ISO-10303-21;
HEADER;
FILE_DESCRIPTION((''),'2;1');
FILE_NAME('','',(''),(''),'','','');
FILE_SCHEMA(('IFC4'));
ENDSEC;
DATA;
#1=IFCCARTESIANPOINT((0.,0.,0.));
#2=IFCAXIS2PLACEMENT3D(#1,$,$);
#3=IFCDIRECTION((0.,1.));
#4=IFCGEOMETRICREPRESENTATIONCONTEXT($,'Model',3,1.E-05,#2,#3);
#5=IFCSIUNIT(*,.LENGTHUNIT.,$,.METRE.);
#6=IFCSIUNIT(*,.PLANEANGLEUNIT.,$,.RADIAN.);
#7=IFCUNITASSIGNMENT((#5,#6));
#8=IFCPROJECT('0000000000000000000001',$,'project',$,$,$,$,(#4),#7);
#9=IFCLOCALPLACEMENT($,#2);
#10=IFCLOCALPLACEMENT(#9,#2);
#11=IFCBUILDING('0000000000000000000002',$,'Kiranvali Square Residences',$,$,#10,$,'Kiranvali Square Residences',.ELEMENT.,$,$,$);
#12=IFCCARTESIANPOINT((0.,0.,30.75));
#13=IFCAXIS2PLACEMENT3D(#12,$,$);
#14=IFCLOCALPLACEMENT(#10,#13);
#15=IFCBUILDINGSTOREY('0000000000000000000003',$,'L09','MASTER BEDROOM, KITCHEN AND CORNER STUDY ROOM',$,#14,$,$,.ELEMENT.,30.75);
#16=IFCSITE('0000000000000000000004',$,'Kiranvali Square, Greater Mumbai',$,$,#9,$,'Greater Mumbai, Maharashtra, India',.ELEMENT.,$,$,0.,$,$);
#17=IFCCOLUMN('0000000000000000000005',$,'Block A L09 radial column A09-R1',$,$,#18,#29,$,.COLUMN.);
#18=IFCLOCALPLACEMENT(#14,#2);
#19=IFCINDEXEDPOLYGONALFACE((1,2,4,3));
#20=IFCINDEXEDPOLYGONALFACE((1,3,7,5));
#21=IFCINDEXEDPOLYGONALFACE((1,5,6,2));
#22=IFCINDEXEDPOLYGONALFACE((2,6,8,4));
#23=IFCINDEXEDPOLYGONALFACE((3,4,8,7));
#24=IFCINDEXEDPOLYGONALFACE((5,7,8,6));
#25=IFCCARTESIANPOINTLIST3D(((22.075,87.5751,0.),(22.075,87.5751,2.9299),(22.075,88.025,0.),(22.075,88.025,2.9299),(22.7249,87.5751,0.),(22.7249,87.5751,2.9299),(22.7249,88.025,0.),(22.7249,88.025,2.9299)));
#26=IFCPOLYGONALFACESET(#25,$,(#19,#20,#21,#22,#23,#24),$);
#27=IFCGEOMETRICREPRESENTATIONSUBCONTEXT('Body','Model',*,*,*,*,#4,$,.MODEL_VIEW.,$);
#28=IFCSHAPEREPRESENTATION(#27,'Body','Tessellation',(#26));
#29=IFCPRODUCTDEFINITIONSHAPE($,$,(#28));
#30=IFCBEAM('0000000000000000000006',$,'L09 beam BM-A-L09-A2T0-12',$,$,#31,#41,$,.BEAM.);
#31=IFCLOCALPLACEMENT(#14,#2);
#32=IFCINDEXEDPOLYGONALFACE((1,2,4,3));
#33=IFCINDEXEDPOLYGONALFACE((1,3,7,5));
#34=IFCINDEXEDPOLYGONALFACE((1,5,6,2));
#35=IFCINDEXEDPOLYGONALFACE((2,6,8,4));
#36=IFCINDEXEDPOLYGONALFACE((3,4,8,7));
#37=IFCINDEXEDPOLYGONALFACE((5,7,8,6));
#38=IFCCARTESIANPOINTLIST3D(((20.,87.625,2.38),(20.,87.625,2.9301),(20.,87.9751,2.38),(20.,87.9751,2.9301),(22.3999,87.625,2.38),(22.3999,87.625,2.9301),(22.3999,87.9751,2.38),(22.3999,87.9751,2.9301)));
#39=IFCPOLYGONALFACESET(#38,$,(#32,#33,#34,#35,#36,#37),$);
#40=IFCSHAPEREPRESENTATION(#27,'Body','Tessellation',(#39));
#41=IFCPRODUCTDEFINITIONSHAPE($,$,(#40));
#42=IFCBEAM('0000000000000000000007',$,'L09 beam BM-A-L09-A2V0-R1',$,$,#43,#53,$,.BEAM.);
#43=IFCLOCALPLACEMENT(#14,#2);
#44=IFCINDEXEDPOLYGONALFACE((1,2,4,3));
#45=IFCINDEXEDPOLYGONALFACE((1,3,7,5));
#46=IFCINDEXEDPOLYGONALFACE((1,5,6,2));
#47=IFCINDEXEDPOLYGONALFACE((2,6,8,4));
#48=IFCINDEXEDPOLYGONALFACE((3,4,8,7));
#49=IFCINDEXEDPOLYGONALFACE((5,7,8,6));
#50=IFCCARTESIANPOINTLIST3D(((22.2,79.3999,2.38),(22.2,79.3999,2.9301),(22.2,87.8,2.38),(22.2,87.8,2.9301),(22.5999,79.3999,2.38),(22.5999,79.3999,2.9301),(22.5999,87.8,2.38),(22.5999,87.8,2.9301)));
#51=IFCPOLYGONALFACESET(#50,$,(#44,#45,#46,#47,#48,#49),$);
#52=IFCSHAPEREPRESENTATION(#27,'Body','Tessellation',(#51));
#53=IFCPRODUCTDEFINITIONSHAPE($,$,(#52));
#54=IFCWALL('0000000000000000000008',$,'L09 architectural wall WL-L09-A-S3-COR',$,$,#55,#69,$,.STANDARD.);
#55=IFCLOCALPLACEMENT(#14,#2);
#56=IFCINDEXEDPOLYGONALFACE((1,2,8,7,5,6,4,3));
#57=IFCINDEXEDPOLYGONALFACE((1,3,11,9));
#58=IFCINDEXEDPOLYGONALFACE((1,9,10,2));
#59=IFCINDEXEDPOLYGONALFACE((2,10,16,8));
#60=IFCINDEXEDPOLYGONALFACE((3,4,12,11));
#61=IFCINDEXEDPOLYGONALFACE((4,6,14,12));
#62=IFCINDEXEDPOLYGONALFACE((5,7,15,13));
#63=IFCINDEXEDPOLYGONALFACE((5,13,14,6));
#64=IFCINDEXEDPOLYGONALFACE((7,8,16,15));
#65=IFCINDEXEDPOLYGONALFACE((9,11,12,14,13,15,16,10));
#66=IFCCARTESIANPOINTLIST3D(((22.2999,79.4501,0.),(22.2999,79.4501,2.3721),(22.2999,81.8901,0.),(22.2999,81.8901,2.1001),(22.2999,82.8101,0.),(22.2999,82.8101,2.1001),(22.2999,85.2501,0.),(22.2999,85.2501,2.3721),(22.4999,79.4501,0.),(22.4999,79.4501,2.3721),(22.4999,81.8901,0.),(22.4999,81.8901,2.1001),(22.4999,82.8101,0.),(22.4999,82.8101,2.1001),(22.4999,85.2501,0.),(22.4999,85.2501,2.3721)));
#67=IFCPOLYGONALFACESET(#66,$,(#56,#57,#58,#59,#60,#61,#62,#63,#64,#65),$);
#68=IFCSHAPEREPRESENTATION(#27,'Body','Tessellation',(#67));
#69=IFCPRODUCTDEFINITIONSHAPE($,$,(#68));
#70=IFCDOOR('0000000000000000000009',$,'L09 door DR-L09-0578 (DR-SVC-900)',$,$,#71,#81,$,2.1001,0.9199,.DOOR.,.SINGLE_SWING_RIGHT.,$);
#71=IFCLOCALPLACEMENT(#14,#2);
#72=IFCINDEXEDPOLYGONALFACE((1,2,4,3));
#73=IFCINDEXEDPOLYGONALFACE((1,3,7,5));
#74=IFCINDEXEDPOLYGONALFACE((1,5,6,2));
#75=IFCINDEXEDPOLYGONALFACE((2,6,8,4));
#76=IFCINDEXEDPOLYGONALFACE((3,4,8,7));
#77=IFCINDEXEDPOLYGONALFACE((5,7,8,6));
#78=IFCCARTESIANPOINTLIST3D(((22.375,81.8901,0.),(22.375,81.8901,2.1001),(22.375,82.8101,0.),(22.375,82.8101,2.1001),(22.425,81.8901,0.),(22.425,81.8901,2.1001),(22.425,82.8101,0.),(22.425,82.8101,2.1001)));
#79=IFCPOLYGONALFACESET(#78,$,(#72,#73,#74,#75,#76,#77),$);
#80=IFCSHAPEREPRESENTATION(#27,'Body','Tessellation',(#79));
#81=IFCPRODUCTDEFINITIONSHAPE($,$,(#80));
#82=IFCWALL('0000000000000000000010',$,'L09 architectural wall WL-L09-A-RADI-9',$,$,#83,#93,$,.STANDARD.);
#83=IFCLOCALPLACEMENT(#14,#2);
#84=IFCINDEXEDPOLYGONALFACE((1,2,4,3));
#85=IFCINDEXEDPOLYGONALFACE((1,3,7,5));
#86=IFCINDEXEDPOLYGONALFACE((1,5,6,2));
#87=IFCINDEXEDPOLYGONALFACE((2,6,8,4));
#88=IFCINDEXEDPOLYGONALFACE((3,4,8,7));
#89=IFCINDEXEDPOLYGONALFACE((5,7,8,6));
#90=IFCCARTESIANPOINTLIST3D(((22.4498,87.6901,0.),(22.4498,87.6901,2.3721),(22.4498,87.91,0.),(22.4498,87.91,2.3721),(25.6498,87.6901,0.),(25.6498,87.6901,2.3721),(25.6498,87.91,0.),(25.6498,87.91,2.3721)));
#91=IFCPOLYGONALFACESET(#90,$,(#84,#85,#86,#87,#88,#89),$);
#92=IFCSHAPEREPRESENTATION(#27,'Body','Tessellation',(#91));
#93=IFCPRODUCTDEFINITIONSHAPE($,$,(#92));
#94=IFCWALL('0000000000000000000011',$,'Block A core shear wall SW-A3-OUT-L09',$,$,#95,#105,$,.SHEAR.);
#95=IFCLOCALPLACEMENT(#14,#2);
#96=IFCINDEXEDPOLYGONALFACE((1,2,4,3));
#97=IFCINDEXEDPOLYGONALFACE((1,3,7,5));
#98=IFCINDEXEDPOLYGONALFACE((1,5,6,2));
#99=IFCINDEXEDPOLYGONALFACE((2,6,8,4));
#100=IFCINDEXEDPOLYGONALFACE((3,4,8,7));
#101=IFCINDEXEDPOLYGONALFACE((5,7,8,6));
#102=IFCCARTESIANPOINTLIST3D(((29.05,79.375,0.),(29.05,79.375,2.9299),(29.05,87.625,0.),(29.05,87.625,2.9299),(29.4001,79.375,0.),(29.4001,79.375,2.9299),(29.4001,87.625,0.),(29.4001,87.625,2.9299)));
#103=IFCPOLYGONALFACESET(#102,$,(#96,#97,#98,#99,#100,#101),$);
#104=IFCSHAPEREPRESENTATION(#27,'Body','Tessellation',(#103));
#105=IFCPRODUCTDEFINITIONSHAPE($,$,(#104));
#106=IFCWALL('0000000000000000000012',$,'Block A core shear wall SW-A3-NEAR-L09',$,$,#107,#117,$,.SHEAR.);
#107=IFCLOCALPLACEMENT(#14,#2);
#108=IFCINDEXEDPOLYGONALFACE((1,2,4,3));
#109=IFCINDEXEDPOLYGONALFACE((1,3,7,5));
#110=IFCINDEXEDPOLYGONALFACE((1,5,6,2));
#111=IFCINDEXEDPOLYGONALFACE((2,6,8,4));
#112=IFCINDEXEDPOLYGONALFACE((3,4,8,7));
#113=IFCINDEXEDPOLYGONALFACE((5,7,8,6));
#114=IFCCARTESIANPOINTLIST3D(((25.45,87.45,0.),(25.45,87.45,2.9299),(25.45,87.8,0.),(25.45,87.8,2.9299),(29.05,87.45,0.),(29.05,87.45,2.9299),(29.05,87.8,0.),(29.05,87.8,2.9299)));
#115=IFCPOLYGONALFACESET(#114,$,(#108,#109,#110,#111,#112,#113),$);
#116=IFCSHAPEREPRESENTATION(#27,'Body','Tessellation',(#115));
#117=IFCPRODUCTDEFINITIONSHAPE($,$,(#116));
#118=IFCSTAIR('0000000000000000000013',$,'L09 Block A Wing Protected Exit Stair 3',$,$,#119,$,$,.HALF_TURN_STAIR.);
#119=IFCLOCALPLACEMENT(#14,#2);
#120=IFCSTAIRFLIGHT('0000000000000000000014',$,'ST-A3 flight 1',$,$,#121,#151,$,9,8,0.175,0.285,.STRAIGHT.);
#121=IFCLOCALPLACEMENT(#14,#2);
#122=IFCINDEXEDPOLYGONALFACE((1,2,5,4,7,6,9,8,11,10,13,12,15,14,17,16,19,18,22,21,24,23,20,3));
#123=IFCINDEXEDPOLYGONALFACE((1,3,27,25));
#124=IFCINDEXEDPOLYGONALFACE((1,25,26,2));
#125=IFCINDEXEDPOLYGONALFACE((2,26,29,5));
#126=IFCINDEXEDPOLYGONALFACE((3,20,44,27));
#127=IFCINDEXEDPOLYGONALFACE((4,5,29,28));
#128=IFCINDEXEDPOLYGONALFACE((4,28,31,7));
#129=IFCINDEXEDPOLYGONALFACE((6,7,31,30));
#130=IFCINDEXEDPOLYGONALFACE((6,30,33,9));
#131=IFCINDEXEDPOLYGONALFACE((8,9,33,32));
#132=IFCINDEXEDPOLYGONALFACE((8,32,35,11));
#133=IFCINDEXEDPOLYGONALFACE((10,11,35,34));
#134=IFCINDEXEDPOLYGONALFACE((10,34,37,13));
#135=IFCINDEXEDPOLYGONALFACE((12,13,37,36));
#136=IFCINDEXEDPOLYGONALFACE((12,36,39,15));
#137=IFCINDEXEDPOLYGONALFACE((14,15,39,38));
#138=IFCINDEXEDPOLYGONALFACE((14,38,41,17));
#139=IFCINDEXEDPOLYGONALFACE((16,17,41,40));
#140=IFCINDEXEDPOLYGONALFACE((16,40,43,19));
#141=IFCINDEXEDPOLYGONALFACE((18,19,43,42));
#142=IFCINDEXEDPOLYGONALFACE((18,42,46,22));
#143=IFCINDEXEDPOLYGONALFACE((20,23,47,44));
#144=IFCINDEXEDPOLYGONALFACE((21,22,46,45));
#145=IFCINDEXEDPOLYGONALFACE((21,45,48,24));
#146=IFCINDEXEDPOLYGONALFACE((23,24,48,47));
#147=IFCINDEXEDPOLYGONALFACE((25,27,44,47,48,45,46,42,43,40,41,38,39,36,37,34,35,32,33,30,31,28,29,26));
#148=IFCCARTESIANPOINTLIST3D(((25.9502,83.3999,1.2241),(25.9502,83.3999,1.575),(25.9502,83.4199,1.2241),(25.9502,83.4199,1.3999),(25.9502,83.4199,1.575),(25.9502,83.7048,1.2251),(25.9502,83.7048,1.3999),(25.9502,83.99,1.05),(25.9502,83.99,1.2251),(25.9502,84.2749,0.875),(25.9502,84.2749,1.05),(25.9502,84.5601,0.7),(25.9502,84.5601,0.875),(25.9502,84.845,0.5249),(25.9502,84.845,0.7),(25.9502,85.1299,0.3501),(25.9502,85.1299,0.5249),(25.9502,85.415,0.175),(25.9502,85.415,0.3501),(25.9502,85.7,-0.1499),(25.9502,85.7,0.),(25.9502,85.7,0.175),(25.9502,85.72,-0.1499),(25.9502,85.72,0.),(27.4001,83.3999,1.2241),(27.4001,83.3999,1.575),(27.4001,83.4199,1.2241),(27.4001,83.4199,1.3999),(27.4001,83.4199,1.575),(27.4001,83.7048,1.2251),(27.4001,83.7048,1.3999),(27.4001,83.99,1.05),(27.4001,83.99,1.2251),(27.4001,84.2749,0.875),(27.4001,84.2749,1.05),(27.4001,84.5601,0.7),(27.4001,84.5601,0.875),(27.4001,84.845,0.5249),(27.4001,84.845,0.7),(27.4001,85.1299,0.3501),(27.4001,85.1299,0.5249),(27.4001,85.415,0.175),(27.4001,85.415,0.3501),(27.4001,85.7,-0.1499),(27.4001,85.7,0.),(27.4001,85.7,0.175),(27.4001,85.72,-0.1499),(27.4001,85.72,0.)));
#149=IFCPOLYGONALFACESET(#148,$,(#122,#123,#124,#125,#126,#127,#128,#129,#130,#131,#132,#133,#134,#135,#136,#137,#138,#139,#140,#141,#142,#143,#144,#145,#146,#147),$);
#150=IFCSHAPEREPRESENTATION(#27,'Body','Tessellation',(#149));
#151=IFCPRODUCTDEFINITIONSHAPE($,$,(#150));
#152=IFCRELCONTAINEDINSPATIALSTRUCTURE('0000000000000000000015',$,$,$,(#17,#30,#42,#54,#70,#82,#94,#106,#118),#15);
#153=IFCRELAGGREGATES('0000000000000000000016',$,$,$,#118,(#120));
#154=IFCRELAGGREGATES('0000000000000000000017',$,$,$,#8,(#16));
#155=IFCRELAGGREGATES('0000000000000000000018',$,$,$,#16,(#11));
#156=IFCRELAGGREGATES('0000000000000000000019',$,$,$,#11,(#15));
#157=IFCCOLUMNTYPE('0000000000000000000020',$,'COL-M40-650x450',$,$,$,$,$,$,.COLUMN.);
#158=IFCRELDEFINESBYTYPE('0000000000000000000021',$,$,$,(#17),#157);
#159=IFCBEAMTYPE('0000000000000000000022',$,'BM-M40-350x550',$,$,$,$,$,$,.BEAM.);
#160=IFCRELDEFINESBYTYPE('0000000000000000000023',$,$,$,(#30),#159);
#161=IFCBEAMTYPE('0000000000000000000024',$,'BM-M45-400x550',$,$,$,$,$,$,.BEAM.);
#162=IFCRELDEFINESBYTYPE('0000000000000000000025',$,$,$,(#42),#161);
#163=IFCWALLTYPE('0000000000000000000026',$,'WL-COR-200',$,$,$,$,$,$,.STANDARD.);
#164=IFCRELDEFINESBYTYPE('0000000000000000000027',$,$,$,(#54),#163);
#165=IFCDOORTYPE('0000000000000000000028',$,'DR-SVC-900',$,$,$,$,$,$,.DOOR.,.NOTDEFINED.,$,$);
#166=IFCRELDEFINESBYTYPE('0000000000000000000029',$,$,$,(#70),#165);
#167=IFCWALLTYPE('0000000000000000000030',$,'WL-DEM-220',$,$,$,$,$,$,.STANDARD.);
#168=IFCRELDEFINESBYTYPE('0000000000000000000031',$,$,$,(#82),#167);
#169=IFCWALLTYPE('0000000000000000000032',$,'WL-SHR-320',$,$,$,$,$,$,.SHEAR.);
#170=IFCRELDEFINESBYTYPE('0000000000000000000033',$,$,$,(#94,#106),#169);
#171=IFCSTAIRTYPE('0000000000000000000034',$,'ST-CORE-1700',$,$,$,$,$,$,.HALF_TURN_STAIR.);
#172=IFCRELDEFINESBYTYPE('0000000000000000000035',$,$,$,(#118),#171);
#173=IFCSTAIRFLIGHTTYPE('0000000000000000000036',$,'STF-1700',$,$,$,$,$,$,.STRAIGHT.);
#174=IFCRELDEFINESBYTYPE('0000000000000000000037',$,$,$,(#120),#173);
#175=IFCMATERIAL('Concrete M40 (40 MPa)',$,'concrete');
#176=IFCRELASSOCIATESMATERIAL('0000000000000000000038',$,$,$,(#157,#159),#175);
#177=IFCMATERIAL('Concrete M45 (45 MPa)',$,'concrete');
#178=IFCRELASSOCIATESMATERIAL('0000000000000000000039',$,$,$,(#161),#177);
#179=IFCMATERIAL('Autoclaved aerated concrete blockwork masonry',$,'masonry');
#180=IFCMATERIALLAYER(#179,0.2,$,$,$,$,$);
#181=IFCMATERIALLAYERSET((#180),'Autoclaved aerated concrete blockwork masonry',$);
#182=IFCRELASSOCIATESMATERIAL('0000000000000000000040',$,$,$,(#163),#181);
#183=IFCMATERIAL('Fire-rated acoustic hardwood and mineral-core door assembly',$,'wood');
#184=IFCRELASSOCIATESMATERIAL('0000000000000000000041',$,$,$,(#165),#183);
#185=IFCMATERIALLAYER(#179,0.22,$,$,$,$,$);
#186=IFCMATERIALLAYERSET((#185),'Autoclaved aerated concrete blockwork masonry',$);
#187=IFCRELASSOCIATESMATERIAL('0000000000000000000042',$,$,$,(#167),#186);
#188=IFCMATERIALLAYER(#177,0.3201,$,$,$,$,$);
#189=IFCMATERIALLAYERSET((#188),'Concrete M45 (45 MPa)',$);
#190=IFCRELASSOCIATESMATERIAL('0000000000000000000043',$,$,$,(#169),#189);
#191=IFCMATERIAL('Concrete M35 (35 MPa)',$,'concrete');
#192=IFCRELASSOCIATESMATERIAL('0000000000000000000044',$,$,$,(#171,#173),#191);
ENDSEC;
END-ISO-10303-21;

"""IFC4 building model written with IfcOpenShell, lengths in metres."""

from ifc_helpers import new_model, si_unit, direction, frame, frame_2d, origin, origin_2d, place, context, subcontext, project, spatial, polyline, rectangle, outline, extrude, material, layer, layer_set, material_profile, profile_set, type_object, element, fill, aggregate, save


model = new_model("IFC4")

# Units and contexts
model_context = context("Model", 3, precision=1e-05, world=origin(), true_north=direction((0.0, 1.0)))
body_context = subcontext(model_context, "Body", "Model", "MODEL_VIEW")
ifc_project = project(units=[si_unit("LENGTHUNIT", "METRE"), si_unit("PLANEANGLEUNIT", "RADIAN")], contexts=[model_context])

# Site, building, storey
site_placement = place(None, origin())
site = spatial("IfcSite", under=ifc_project, at=site_placement, Name="Kiranvali Square, Greater Mumbai", LongName="Greater Mumbai, Maharashtra, India", CompositionType="ELEMENT", RefElevation=0.0)
building_placement = place(site_placement, origin())
building = spatial("IfcBuilding", under=site, at=building_placement, Name="Kiranvali Square Residences", LongName="Kiranvali Square Residences", CompositionType="ELEMENT")
storey_placement = place(building_placement, frame((0.0, 0.0, 30.75)))
storey = spatial("IfcBuildingStorey", under=building, at=storey_placement, Name="L09", Description="MASTER BEDROOM, KITCHEN AND CORNER STUDY ROOM", CompositionType="ELEMENT", Elevation=30.75)

# Column
ifc_material_1 = material(Name="Concrete M40 (40 MPa)", Category="concrete")
ifc_material_profile_1 = material_profile(ifc_material_1, rectangle(XDim=0.45, YDim=0.6499, at=origin_2d()), Name="RC 650x450")
ifc_profile_set_1 = profile_set([ifc_material_profile_1], Name="Concrete M40 (40 MPa)")
column_type = type_object("IfcColumnType", Name="COL-M40-650x450", PredefinedType="COLUMN", material=ifc_profile_set_1)
column_placement = place(storey_placement, frame((22.3999, 87.8, 0.0), z_axis=(0.0, 0.0, 1.0), x_axis=(0.0, 1.0, 0.0)))
element("IfcColumn", 1, at=column_placement, inside=storey, type_object=column_type, Name="Block A L09 radial column A09-R1", PredefinedType="COLUMN", context=body_context, shape_type="SweptSolid", body=[
    extrude(rectangle(XDim=0.45, YDim=0.6499, at=origin_2d()), origin(), (0.0, 0.0, 1.0), 2.9299),
])

# Beams
ifc_material_profile_2 = material_profile(ifc_material_1, rectangle(XDim=0.3501, YDim=0.55, at=origin_2d()), Name="RC 350x550")
ifc_profile_set_2 = profile_set([ifc_material_profile_2], Name="Concrete M40 (40 MPa)")
beam_type_1 = type_object("IfcBeamType", Name="BM-M40-350x550", PredefinedType="BEAM", material=ifc_profile_set_2)
beam_1_placement = place(storey_placement, frame((22.3999, 87.8, 2.655), z_axis=(-1.0, 0.0, 0.0), x_axis=(0.0, -1.0, 0.0)))
element("IfcBeam", 2, at=beam_1_placement, inside=storey, type_object=beam_type_1, Name="L09 beam BM-A-L09-A2T0-12", PredefinedType="BEAM", context=body_context, shape_type="SweptSolid", body=[
    extrude(rectangle(XDim=0.3501, YDim=0.55, at=origin_2d()), origin(), (0.0, 0.0, 1.0), 2.3999),
])
ifc_material_2 = material(Name="Concrete M45 (45 MPa)", Category="concrete")
ifc_material_profile_3 = material_profile(ifc_material_2, rectangle(XDim=0.3999, YDim=0.55, at=origin_2d()), Name="RC 400x550")
ifc_profile_set_3 = profile_set([ifc_material_profile_3], Name="Concrete M45 (45 MPa)")
beam_type_2 = type_object("IfcBeamType", Name="BM-M45-400x550", PredefinedType="BEAM", material=ifc_profile_set_3)
beam_2_placement = place(storey_placement, frame((22.3999, 87.8, 2.655), z_axis=(0.0, -1.0, 0.0), x_axis=(1.0, 0.0, 0.0)))
element("IfcBeam", 3, at=beam_2_placement, inside=storey, type_object=beam_type_2, Name="L09 beam BM-A-L09-A2V0-R1", PredefinedType="BEAM", context=body_context, shape_type="SweptSolid", body=[
    extrude(rectangle(XDim=0.3999, YDim=0.55, at=origin_2d()), origin(), (0.0, 0.0, 1.0), 8.4001),
])

# Wall, opening, door
ifc_material_3 = material(Name="Autoclaved aerated concrete blockwork masonry", Category="masonry")
ifc_layer_1 = layer(ifc_material_3, 0.2)
ifc_layer_set_1 = layer_set([ifc_layer_1], Name="Autoclaved aerated concrete blockwork masonry")
wall_type_1 = type_object("IfcWallType", Name="WL-COR-200", PredefinedType="STANDARD", material=ifc_layer_set_1)
ifc_material_4 = material(Name="Fire-rated acoustic hardwood and mineral-core door assembly", Category="wood")
wall_1_placement = place(storey_placement, frame((22.3999, 85.25, 0.0), z_axis=(0.0, 0.0, 1.0), x_axis=(0.0, -1.0, 0.0)))
wall_1 = element("IfcWall", 4, at=wall_1_placement, inside=storey, type_object=wall_type_1, Name="L09 architectural wall WL-L09-A-S3-COR", PredefinedType="STANDARD", context=body_context, shape_type="SweptSolid", body=[
    extrude(rectangle(XDim=5.8, YDim=0.2, at=frame_2d((2.8999, 0.0))), origin(), (0.0, 0.0, 1.0), 2.3721),
])
opening_1_placement = place(wall_1_placement, frame((2.4399, 0.0, 0.0)))
opening_1 = element("IfcOpeningElement", 5, at=opening_1_placement, cuts=wall_1, PredefinedType="OPENING", context=body_context, shape_type="SweptSolid", body=[
    extrude(rectangle(XDim=0.9199, YDim=2.1001, at=frame_2d((0.46, 1.05))), frame((0.0, 0.1099, 0.0), z_axis=(0.0, -1.0, 0.0), x_axis=(1.0, 0.0, 0.0)), (0.0, 0.0, 1.0), 0.22),
])
door_type_1 = type_object("IfcDoorType", Name="DR-SVC-900", OperationType="NOTDEFINED", PredefinedType="DOOR", material=ifc_material_4)
door_1_placement = place(opening_1_placement, frame((0.9199, 0.0, 0.0), z_axis=(0.0, 0.0, 1.0), x_axis=(-1.0, 0.0, 0.0)))
door_1 = element("IfcDoor", 6, at=door_1_placement, inside=storey, type_object=door_type_1, Name="L09 door DR-L09-0578 (DR-SVC-900)", OperationType="SINGLE_SWING_RIGHT", OverallHeight=2.1001, OverallWidth=0.9199, PredefinedType="DOOR", context=body_context, shape_type="SweptSolid", body=[
    extrude(rectangle(XDim=0.9199, YDim=2.1001, at=frame_2d((0.46, 1.05))), frame((0.0, 0.0249, 0.0), z_axis=(0.0, -1.0, 0.0), x_axis=(1.0, 0.0, 0.0)), (0.0, 0.0, 1.0), 0.05),
])
fill(opening_1, door_1)

# Walls
ifc_layer_2 = layer(ifc_material_3, 0.22)
ifc_layer_set_2 = layer_set([ifc_layer_2], Name="Autoclaved aerated concrete blockwork masonry")
wall_type_2 = type_object("IfcWallType", Name="WL-DEM-220", PredefinedType="STANDARD", material=ifc_layer_set_2)
wall_2_placement = place(storey_placement, frame((25.6499, 87.8, 0.0), z_axis=(0.0, 0.0, 1.0), x_axis=(-1.0, 0.0, 0.0)))
element("IfcWall", 7, at=wall_2_placement, inside=storey, type_object=wall_type_2, Name="L09 architectural wall WL-L09-A-RADI-9", PredefinedType="STANDARD", context=body_context, shape_type="SweptSolid", body=[
    extrude(rectangle(XDim=3.2, YDim=0.22, at=frame_2d((1.6001, 0.0))), origin(), (0.0, 0.0, 1.0), 2.3721),
])
ifc_layer_3 = layer(ifc_material_2, 0.3201)
ifc_layer_set_3 = layer_set([ifc_layer_3], Name="Concrete M45 (45 MPa)")
wall_type_3 = type_object("IfcWallType", Name="WL-SHR-320", PredefinedType="SHEAR", material=ifc_layer_set_3)
wall_3_placement = place(storey_placement, frame((29.2251, 87.625, 0.0), z_axis=(0.0, 0.0, 1.0), x_axis=(0.0, -1.0, 0.0)))
element("IfcWall", 8, at=wall_3_placement, inside=storey, type_object=wall_type_3, Name="Block A core shear wall SW-A3-OUT-L09", PredefinedType="SHEAR", context=body_context, shape_type="SweptSolid", body=[
    extrude(rectangle(XDim=8.25, YDim=0.3501, at=frame_2d((4.125, 0.0))), origin(), (0.0, 0.0, 1.0), 2.9299),
])

# Wall
wall_4_placement = place(storey_placement, frame((29.05, 87.625, 0.0), z_axis=(0.0, 0.0, 1.0), x_axis=(-1.0, 0.0, 0.0)))
element("IfcWall", 9, at=wall_4_placement, inside=storey, type_object=wall_type_3, Name="Block A core shear wall SW-A3-NEAR-L09", PredefinedType="SHEAR", context=body_context, shape_type="SweptSolid", body=[
    extrude(rectangle(XDim=3.6001, YDim=0.3501, at=frame_2d((1.8, 0.0))), origin(), (0.0, 0.0, 1.0), 2.9299),
])

# Stair, stair flight
ifc_material_5 = material(Name="Concrete M35 (35 MPa)", Category="concrete")
stair_type = type_object("IfcStairType", Name="ST-CORE-1700", PredefinedType="HALF_TURN_STAIR", material=ifc_material_5)
stair_placement = place(storey_placement, origin())
stair = element("IfcStair", 10, at=stair_placement, inside=storey, type_object=stair_type, Name="L09 Block A Wing Protected Exit Stair 3", PredefinedType="HALF_TURN_STAIR")
stair_flight_type = type_object("IfcStairFlightType", Name="STF-1700", PredefinedType="STRAIGHT", material=ifc_material_5)
stair_flight_1_placement = place(storey_placement, frame((26.675, 85.7, 0.0), z_axis=(0.0, 0.0, 1.0), x_axis=(0.0, -1.0, 0.0)))
stair_flight_1 = element("IfcStairFlight", 11, at=stair_flight_1_placement, type_object=stair_flight_type, Name="ST-A3 flight 1", NumberOfRisers=9, NumberOfTreads=8, PredefinedType="STRAIGHT", RiserHeight=0.175, TreadLength=0.285, context=body_context, shape_type="SweptSolid", body=[
    extrude(outline(polyline([(-0.02, -0.1499), (-0.02, 0.0), (0.0, 0.0), (0.0, 0.175), (0.2849, 0.175), (0.2849, 0.3501), (0.5701, 0.3501), (0.5701, 0.5249), (0.855, 0.5249), (0.855, 0.7), (1.1399, 0.7), (1.1399, 0.875), (1.425, 0.875), (1.425, 1.05), (1.71, 1.05), (1.71, 1.2251), (1.9951, 1.2251), (1.9951, 1.3999), (2.28, 1.3999), (2.28, 1.575), (2.3, 1.575), (2.3, 1.2241), (2.28, 1.2241), (0.0, -0.1499), (-0.02, -0.1499)])), frame((0.0, 0.7251, 0.0), z_axis=(0.0, -1.0, 0.0), x_axis=(1.0, 0.0, 0.0)), (0.0, 0.0, 1.0), 1.45),
])
aggregate(stair, [stair_flight_1])

save(model, "model.ifc")
